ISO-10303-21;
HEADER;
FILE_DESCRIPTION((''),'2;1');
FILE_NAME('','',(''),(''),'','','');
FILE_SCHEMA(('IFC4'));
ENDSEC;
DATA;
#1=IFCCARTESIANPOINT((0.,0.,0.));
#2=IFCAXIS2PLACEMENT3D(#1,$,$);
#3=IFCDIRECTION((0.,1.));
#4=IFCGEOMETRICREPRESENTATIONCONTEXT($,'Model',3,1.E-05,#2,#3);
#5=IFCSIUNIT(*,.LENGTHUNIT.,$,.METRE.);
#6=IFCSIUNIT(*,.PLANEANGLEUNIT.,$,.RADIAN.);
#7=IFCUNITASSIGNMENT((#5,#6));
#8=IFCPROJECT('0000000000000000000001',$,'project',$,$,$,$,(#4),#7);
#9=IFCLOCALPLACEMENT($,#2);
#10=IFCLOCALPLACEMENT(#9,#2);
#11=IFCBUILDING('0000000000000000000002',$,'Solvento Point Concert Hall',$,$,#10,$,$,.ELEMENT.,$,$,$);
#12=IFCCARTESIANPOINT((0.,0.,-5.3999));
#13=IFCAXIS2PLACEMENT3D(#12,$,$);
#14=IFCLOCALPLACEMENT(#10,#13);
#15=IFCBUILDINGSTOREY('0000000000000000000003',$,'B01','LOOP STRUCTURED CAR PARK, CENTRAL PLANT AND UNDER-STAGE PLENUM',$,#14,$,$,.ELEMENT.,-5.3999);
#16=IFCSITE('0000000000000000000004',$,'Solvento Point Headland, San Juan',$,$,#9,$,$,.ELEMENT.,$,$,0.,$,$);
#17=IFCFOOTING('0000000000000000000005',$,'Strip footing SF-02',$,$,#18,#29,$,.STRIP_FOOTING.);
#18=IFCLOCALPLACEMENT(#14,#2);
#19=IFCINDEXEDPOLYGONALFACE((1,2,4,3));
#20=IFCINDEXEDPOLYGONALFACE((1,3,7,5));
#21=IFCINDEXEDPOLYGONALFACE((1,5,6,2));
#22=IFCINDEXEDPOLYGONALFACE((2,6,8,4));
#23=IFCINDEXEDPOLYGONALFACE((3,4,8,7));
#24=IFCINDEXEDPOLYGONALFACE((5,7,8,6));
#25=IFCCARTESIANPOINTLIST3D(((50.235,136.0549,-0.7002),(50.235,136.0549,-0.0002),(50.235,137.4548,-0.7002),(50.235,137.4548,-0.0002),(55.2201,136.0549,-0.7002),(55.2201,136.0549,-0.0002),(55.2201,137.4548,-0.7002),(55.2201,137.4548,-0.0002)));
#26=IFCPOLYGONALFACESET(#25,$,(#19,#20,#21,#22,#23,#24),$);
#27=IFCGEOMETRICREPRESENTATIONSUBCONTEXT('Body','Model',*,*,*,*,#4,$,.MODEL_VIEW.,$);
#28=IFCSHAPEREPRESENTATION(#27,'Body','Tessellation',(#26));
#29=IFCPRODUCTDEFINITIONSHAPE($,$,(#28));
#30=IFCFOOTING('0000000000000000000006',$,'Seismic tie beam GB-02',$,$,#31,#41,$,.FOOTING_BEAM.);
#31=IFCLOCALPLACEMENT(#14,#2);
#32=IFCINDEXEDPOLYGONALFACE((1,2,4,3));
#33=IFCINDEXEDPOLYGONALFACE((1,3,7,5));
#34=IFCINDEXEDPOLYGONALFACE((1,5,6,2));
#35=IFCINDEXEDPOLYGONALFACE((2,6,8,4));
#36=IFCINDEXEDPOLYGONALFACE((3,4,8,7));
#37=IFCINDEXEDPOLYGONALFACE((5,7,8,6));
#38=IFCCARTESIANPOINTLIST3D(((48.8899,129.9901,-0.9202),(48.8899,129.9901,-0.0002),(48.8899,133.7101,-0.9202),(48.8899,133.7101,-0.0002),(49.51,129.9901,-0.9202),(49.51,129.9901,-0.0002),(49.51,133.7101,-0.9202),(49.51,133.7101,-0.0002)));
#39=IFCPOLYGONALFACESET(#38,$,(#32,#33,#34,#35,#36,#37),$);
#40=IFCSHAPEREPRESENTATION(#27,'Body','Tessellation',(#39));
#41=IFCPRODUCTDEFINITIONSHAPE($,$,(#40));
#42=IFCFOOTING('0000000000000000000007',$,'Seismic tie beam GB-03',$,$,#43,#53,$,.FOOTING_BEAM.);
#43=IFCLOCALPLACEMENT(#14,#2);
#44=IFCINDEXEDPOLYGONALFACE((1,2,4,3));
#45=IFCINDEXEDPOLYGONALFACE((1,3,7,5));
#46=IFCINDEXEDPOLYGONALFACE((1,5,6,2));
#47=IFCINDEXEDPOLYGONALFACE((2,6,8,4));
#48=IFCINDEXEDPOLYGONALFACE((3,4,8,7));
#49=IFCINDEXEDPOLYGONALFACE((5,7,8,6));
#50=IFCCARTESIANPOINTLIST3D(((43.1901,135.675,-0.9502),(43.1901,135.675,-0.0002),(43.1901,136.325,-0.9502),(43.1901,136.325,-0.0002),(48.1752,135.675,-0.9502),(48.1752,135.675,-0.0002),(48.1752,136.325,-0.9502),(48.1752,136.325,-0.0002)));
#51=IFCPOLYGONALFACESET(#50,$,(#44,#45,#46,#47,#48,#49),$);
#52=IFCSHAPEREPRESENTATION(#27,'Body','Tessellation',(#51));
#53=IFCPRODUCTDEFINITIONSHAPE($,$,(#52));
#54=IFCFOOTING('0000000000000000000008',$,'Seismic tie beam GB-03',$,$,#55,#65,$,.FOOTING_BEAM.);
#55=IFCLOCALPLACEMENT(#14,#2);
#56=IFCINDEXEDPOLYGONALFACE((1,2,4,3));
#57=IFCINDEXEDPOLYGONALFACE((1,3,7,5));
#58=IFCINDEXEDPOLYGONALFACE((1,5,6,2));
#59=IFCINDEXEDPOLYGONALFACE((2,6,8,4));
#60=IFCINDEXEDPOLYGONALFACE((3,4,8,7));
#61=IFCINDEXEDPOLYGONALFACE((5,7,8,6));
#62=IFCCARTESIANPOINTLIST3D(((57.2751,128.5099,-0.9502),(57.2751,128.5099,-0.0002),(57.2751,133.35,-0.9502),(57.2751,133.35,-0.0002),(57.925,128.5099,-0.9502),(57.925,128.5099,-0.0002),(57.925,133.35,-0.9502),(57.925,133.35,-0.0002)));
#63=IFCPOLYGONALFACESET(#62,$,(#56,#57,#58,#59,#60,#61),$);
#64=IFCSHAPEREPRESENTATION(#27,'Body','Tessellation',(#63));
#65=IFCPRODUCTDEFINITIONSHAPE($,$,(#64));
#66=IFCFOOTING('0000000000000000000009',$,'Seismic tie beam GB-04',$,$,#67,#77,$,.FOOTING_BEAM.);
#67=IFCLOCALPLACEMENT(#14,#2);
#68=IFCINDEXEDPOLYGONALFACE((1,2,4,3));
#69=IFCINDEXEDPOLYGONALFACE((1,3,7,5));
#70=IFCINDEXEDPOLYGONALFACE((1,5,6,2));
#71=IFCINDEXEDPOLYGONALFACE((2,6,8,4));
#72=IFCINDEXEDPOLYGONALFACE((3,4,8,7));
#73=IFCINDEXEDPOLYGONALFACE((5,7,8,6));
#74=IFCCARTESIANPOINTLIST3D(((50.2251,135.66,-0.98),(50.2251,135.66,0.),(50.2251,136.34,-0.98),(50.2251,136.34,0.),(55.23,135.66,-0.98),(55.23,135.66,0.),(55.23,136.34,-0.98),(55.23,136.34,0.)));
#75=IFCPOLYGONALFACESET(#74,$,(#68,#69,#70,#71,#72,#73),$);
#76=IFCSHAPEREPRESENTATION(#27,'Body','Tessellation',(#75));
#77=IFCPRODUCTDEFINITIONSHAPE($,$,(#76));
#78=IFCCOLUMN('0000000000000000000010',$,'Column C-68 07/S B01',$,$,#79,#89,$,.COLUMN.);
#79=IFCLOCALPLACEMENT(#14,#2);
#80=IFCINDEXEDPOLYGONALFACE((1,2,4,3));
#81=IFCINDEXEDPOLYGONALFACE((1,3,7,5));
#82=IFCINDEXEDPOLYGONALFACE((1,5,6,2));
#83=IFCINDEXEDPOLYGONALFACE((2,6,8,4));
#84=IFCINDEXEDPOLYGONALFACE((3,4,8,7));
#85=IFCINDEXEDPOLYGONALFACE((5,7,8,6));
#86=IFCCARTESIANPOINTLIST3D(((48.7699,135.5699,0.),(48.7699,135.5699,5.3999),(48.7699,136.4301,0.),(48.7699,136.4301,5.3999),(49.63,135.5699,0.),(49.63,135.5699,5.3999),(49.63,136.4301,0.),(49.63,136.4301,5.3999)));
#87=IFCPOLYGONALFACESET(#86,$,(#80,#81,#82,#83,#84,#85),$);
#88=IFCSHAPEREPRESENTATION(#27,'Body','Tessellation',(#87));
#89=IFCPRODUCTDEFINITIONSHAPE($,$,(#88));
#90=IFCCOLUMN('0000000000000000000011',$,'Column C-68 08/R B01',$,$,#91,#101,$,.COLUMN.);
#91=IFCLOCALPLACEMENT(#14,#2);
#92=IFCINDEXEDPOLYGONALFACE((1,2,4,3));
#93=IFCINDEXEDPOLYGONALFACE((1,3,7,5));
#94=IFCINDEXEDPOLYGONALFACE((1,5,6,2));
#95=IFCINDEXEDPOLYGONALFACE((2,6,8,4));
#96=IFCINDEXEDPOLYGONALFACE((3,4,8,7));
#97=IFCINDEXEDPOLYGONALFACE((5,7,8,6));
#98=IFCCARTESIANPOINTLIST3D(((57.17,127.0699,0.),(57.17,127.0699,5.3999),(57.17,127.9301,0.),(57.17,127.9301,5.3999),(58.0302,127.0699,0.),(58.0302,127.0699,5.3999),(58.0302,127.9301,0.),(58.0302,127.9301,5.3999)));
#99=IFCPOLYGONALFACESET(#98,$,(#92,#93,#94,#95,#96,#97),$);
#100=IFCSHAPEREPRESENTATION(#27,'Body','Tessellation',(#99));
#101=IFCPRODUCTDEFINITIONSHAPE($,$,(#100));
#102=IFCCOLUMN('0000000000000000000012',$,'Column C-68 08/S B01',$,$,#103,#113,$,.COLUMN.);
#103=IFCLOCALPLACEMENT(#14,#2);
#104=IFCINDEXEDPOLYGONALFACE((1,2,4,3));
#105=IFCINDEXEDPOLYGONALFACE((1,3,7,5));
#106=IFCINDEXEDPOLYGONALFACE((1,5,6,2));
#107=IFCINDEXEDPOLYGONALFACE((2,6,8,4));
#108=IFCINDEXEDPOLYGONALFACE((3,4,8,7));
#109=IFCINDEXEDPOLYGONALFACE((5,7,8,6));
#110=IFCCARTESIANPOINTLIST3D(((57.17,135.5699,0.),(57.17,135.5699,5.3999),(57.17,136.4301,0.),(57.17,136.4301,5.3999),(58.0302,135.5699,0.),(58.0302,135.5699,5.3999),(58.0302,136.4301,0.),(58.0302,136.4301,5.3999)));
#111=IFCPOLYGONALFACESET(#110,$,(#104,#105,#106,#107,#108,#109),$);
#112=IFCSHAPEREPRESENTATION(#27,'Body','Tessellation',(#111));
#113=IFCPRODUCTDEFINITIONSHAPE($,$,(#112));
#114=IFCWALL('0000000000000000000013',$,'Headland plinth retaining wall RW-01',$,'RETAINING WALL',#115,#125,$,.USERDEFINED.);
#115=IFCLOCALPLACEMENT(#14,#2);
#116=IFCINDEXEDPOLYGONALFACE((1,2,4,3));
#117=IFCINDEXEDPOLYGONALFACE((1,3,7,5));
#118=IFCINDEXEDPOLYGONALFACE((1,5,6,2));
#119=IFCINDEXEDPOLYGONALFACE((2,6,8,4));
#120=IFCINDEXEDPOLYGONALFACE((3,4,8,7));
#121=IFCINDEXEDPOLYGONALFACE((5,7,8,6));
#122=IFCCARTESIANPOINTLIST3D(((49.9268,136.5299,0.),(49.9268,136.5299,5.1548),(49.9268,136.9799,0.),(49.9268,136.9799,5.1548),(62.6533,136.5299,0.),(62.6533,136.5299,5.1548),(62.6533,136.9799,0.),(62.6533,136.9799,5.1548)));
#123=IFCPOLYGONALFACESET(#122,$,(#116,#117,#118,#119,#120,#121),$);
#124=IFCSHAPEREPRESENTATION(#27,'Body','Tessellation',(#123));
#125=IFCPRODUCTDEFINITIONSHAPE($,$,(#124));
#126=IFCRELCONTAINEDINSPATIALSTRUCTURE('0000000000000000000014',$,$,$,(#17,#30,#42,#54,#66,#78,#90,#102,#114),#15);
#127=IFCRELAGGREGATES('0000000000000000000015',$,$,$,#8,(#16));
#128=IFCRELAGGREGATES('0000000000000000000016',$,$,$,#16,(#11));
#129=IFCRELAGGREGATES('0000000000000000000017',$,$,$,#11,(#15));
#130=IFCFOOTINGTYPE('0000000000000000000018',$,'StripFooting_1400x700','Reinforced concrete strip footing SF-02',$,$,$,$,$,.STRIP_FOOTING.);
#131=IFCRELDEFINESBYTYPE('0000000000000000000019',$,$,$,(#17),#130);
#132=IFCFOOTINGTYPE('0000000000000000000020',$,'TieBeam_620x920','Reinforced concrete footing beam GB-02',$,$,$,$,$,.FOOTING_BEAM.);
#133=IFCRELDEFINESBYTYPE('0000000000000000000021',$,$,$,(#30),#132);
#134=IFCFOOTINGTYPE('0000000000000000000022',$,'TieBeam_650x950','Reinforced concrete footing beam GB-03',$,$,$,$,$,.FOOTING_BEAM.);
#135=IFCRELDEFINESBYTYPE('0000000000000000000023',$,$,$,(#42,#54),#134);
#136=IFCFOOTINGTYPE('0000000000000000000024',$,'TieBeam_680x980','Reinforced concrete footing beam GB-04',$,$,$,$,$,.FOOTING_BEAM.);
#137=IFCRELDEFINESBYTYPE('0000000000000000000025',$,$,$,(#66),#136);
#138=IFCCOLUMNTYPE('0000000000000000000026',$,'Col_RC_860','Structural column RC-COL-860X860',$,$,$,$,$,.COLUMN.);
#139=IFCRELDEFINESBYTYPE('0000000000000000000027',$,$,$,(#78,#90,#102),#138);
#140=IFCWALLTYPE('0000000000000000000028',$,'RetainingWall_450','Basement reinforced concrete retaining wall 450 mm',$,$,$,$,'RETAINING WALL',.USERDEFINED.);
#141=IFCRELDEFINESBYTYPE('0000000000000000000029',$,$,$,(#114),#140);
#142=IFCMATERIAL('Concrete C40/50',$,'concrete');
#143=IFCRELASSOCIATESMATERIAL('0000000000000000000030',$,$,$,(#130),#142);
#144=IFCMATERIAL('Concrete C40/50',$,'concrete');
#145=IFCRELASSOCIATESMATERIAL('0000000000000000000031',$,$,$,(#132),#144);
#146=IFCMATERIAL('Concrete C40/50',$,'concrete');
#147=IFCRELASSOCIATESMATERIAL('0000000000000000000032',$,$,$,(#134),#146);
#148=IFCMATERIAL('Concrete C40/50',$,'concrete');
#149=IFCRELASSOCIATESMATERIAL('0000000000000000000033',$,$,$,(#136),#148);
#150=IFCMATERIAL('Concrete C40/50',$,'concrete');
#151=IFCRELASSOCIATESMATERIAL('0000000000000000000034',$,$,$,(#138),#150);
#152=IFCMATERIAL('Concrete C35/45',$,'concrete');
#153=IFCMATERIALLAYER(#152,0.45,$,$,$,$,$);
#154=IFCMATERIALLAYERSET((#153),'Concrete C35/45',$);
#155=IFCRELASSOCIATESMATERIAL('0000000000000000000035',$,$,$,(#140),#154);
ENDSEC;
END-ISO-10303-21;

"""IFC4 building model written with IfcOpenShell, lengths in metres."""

from ifc_helpers import new_model, si_unit, direction, frame, frame_2d, origin, origin_2d, place, context, subcontext, project, spatial, rectangle, extrude, material, layer, layer_set, material_profile, profile_set, type_object, element, save


model = new_model("IFC4")

# Units and contexts
model_context = context("Model", 3, precision=1e-05, world=origin(), true_north=direction((0.0, 1.0)))
body_context = subcontext(model_context, "Body", "Model", "MODEL_VIEW")
ifc_project = project(units=[si_unit("LENGTHUNIT", "METRE"), si_unit("PLANEANGLEUNIT", "RADIAN")], contexts=[model_context])

# Site, building, storey
site_placement = place(None, origin())
site = spatial("IfcSite", under=ifc_project, at=site_placement, Name="Solvento Point Headland, San Juan", CompositionType="ELEMENT", RefElevation=0.0)
building_placement = place(site_placement, origin())
building = spatial("IfcBuilding", under=site, at=building_placement, Name="Solvento Point Concert Hall", CompositionType="ELEMENT")
storey_placement = place(building_placement, frame((0.0, 0.0, -5.3999)))
storey = spatial("IfcBuildingStorey", under=building, at=storey_placement, Name="B01", Description="LOOP STRUCTURED CAR PARK, CENTRAL PLANT AND UNDER-STAGE PLENUM", CompositionType="ELEMENT", Elevation=-5.3999)

# Footings
ifc_material_1 = material(Name="Concrete C40/50", Category="concrete")
footing_type_1 = type_object("IfcFootingType", Name="StripFooting_1400x700", Description="Reinforced concrete strip footing SF-02", PredefinedType="STRIP_FOOTING", material=ifc_material_1)
footing_1_placement = place(storey_placement, frame((52.7275, 136.7549, -0.7002), z_axis=(0.0, 0.0, 1.0), x_axis=(1.0, 0.0, 0.0)))
element("IfcFooting", 1, at=footing_1_placement, inside=storey, type_object=footing_type_1, Name="Strip footing SF-02", PredefinedType="STRIP_FOOTING", context=body_context, shape_type="SweptSolid", body=[
    extrude(rectangle(XDim=4.9851, YDim=1.3999, at=origin_2d()), origin(), (0.0, 0.0, 1.0), 0.7),
])
ifc_material_2 = material(Name="Concrete C40/50", Category="concrete")
footing_type_2 = type_object("IfcFootingType", Name="TieBeam_620x920", Description="Reinforced concrete footing beam GB-02", PredefinedType="FOOTING_BEAM", material=ifc_material_2)
footing_2_placement = place(storey_placement, frame((49.2, 131.8501, -0.9202), z_axis=(0.0, 0.0, 1.0), x_axis=(0.0, 1.0, 0.0)))
element("IfcFooting", 2, at=footing_2_placement, inside=storey, type_object=footing_type_2, Name="Seismic tie beam GB-02", PredefinedType="FOOTING_BEAM", context=body_context, shape_type="SweptSolid", body=[
    extrude(rectangle(XDim=3.72, YDim=0.6201, at=origin_2d()), origin(), (0.0, 0.0, 1.0), 0.9199),
])
ifc_material_3 = material(Name="Concrete C40/50", Category="concrete")
footing_type_3 = type_object("IfcFootingType", Name="TieBeam_650x950", Description="Reinforced concrete footing beam GB-03", PredefinedType="FOOTING_BEAM", material=ifc_material_3)
footing_3_placement = place(storey_placement, frame((45.6826, 136.0, -0.9502), z_axis=(0.0, 0.0, 1.0), x_axis=(1.0, 0.0, 0.0)))
element("IfcFooting", 3, at=footing_3_placement, inside=storey, type_object=footing_type_3, Name="Seismic tie beam GB-03", PredefinedType="FOOTING_BEAM", context=body_context, shape_type="SweptSolid", body=[
    extrude(rectangle(XDim=4.9851, YDim=0.6499, at=origin_2d()), origin(), (0.0, 0.0, 1.0), 0.95),
])
footing_4_placement = place(storey_placement, frame((57.6001, 130.9299, -0.9502), z_axis=(0.0, 0.0, 1.0), x_axis=(0.0, 1.0, 0.0)))
element("IfcFooting", 4, at=footing_4_placement, inside=storey, type_object=footing_type_3, Name="Seismic tie beam GB-03", PredefinedType="FOOTING_BEAM", context=body_context, shape_type="SweptSolid", body=[
    extrude(rectangle(XDim=4.8401, YDim=0.6499, at=origin_2d()), origin(), (0.0, 0.0, 1.0), 0.95),
])
ifc_material_4 = material(Name="Concrete C40/50", Category="concrete")
footing_type_4 = type_object("IfcFootingType", Name="TieBeam_680x980", Description="Reinforced concrete footing beam GB-04", PredefinedType="FOOTING_BEAM", material=ifc_material_4)
footing_5_placement = place(storey_placement, frame((52.7275, 136.0, -0.98), z_axis=(0.0, 0.0, 1.0), x_axis=(1.0, 0.0, 0.0)))
element("IfcFooting", 5, at=footing_5_placement, inside=storey, type_object=footing_type_4, Name="Seismic tie beam GB-04", PredefinedType="FOOTING_BEAM", context=body_context, shape_type="SweptSolid", body=[
    extrude(rectangle(XDim=5.0049, YDim=0.6799, at=origin_2d()), origin(), (0.0, 0.0, 1.0), 0.98),
])

# Columns
ifc_material_5 = material(Name="Concrete C40/50", Category="concrete")
ifc_material_profile_1 = material_profile(ifc_material_5, rectangle(XDim=0.8601, YDim=0.8601, at=origin_2d()), Name="RC-COL-860X860")
ifc_profile_set_1 = profile_set([ifc_material_profile_1], Name="Concrete C40/50")
column_type = type_object("IfcColumnType", Name="Col_RC_860", Description="Structural column RC-COL-860X860", PredefinedType="COLUMN", material=ifc_profile_set_1)
for number, where, z_axis, x_axis, name in (
    (6, (49.2, 136.0, 0.0), (0.0, 0.0, 1.0), (1.0, 0.0, 0.0), "Column C-68 07/S B01"),
    (7, (57.6001, 127.5, 0.0), (0.0, 0.0, 1.0), (1.0, 0.0, 0.0), "Column C-68 08/R B01"),
    (8, (57.6001, 136.0, 0.0), (0.0, 0.0, 1.0), (1.0, 0.0, 0.0), "Column C-68 08/S B01"),
):
    element("IfcColumn", number, at=place(storey_placement, frame(where, z_axis=z_axis, x_axis=x_axis)), inside=storey, type_object=column_type, Name=name, PredefinedType="COLUMN", context=body_context, shape_type="SweptSolid", body=[
        extrude(rectangle(XDim=0.8601, YDim=0.8601, at=origin_2d()), origin(), (0.0, 0.0, 1.0), 5.3999),
    ])

# Wall
ifc_material_6 = material(Name="Concrete C35/45", Category="concrete")
ifc_layer = layer(ifc_material_6, 0.45)
ifc_layer_set = layer_set([ifc_layer], Name="Concrete C35/45")
wall_type = type_object("IfcWallType", Name="RetainingWall_450", Description="Basement reinforced concrete retaining wall 450 mm", ElementType="RETAINING WALL", PredefinedType="USERDEFINED", material=ifc_layer_set)
wall_placement = place(storey_placement, frame((49.9268, 136.7549, 0.0), z_axis=(0.0, 0.0, 1.0), x_axis=(1.0, 0.0, 0.0)))
element("IfcWall", 9, at=wall_placement, inside=storey, type_object=wall_type, Name="Headland plinth retaining wall RW-01", ObjectType="RETAINING WALL", PredefinedType="USERDEFINED", context=body_context, shape_type="SweptSolid", body=[
    extrude(rectangle(XDim=12.7266, YDim=0.45, at=frame_2d((6.3633, 0.0))), origin(), (0.0, 0.0, 1.0), 5.1548),
])

save(model, "model.ifc")
